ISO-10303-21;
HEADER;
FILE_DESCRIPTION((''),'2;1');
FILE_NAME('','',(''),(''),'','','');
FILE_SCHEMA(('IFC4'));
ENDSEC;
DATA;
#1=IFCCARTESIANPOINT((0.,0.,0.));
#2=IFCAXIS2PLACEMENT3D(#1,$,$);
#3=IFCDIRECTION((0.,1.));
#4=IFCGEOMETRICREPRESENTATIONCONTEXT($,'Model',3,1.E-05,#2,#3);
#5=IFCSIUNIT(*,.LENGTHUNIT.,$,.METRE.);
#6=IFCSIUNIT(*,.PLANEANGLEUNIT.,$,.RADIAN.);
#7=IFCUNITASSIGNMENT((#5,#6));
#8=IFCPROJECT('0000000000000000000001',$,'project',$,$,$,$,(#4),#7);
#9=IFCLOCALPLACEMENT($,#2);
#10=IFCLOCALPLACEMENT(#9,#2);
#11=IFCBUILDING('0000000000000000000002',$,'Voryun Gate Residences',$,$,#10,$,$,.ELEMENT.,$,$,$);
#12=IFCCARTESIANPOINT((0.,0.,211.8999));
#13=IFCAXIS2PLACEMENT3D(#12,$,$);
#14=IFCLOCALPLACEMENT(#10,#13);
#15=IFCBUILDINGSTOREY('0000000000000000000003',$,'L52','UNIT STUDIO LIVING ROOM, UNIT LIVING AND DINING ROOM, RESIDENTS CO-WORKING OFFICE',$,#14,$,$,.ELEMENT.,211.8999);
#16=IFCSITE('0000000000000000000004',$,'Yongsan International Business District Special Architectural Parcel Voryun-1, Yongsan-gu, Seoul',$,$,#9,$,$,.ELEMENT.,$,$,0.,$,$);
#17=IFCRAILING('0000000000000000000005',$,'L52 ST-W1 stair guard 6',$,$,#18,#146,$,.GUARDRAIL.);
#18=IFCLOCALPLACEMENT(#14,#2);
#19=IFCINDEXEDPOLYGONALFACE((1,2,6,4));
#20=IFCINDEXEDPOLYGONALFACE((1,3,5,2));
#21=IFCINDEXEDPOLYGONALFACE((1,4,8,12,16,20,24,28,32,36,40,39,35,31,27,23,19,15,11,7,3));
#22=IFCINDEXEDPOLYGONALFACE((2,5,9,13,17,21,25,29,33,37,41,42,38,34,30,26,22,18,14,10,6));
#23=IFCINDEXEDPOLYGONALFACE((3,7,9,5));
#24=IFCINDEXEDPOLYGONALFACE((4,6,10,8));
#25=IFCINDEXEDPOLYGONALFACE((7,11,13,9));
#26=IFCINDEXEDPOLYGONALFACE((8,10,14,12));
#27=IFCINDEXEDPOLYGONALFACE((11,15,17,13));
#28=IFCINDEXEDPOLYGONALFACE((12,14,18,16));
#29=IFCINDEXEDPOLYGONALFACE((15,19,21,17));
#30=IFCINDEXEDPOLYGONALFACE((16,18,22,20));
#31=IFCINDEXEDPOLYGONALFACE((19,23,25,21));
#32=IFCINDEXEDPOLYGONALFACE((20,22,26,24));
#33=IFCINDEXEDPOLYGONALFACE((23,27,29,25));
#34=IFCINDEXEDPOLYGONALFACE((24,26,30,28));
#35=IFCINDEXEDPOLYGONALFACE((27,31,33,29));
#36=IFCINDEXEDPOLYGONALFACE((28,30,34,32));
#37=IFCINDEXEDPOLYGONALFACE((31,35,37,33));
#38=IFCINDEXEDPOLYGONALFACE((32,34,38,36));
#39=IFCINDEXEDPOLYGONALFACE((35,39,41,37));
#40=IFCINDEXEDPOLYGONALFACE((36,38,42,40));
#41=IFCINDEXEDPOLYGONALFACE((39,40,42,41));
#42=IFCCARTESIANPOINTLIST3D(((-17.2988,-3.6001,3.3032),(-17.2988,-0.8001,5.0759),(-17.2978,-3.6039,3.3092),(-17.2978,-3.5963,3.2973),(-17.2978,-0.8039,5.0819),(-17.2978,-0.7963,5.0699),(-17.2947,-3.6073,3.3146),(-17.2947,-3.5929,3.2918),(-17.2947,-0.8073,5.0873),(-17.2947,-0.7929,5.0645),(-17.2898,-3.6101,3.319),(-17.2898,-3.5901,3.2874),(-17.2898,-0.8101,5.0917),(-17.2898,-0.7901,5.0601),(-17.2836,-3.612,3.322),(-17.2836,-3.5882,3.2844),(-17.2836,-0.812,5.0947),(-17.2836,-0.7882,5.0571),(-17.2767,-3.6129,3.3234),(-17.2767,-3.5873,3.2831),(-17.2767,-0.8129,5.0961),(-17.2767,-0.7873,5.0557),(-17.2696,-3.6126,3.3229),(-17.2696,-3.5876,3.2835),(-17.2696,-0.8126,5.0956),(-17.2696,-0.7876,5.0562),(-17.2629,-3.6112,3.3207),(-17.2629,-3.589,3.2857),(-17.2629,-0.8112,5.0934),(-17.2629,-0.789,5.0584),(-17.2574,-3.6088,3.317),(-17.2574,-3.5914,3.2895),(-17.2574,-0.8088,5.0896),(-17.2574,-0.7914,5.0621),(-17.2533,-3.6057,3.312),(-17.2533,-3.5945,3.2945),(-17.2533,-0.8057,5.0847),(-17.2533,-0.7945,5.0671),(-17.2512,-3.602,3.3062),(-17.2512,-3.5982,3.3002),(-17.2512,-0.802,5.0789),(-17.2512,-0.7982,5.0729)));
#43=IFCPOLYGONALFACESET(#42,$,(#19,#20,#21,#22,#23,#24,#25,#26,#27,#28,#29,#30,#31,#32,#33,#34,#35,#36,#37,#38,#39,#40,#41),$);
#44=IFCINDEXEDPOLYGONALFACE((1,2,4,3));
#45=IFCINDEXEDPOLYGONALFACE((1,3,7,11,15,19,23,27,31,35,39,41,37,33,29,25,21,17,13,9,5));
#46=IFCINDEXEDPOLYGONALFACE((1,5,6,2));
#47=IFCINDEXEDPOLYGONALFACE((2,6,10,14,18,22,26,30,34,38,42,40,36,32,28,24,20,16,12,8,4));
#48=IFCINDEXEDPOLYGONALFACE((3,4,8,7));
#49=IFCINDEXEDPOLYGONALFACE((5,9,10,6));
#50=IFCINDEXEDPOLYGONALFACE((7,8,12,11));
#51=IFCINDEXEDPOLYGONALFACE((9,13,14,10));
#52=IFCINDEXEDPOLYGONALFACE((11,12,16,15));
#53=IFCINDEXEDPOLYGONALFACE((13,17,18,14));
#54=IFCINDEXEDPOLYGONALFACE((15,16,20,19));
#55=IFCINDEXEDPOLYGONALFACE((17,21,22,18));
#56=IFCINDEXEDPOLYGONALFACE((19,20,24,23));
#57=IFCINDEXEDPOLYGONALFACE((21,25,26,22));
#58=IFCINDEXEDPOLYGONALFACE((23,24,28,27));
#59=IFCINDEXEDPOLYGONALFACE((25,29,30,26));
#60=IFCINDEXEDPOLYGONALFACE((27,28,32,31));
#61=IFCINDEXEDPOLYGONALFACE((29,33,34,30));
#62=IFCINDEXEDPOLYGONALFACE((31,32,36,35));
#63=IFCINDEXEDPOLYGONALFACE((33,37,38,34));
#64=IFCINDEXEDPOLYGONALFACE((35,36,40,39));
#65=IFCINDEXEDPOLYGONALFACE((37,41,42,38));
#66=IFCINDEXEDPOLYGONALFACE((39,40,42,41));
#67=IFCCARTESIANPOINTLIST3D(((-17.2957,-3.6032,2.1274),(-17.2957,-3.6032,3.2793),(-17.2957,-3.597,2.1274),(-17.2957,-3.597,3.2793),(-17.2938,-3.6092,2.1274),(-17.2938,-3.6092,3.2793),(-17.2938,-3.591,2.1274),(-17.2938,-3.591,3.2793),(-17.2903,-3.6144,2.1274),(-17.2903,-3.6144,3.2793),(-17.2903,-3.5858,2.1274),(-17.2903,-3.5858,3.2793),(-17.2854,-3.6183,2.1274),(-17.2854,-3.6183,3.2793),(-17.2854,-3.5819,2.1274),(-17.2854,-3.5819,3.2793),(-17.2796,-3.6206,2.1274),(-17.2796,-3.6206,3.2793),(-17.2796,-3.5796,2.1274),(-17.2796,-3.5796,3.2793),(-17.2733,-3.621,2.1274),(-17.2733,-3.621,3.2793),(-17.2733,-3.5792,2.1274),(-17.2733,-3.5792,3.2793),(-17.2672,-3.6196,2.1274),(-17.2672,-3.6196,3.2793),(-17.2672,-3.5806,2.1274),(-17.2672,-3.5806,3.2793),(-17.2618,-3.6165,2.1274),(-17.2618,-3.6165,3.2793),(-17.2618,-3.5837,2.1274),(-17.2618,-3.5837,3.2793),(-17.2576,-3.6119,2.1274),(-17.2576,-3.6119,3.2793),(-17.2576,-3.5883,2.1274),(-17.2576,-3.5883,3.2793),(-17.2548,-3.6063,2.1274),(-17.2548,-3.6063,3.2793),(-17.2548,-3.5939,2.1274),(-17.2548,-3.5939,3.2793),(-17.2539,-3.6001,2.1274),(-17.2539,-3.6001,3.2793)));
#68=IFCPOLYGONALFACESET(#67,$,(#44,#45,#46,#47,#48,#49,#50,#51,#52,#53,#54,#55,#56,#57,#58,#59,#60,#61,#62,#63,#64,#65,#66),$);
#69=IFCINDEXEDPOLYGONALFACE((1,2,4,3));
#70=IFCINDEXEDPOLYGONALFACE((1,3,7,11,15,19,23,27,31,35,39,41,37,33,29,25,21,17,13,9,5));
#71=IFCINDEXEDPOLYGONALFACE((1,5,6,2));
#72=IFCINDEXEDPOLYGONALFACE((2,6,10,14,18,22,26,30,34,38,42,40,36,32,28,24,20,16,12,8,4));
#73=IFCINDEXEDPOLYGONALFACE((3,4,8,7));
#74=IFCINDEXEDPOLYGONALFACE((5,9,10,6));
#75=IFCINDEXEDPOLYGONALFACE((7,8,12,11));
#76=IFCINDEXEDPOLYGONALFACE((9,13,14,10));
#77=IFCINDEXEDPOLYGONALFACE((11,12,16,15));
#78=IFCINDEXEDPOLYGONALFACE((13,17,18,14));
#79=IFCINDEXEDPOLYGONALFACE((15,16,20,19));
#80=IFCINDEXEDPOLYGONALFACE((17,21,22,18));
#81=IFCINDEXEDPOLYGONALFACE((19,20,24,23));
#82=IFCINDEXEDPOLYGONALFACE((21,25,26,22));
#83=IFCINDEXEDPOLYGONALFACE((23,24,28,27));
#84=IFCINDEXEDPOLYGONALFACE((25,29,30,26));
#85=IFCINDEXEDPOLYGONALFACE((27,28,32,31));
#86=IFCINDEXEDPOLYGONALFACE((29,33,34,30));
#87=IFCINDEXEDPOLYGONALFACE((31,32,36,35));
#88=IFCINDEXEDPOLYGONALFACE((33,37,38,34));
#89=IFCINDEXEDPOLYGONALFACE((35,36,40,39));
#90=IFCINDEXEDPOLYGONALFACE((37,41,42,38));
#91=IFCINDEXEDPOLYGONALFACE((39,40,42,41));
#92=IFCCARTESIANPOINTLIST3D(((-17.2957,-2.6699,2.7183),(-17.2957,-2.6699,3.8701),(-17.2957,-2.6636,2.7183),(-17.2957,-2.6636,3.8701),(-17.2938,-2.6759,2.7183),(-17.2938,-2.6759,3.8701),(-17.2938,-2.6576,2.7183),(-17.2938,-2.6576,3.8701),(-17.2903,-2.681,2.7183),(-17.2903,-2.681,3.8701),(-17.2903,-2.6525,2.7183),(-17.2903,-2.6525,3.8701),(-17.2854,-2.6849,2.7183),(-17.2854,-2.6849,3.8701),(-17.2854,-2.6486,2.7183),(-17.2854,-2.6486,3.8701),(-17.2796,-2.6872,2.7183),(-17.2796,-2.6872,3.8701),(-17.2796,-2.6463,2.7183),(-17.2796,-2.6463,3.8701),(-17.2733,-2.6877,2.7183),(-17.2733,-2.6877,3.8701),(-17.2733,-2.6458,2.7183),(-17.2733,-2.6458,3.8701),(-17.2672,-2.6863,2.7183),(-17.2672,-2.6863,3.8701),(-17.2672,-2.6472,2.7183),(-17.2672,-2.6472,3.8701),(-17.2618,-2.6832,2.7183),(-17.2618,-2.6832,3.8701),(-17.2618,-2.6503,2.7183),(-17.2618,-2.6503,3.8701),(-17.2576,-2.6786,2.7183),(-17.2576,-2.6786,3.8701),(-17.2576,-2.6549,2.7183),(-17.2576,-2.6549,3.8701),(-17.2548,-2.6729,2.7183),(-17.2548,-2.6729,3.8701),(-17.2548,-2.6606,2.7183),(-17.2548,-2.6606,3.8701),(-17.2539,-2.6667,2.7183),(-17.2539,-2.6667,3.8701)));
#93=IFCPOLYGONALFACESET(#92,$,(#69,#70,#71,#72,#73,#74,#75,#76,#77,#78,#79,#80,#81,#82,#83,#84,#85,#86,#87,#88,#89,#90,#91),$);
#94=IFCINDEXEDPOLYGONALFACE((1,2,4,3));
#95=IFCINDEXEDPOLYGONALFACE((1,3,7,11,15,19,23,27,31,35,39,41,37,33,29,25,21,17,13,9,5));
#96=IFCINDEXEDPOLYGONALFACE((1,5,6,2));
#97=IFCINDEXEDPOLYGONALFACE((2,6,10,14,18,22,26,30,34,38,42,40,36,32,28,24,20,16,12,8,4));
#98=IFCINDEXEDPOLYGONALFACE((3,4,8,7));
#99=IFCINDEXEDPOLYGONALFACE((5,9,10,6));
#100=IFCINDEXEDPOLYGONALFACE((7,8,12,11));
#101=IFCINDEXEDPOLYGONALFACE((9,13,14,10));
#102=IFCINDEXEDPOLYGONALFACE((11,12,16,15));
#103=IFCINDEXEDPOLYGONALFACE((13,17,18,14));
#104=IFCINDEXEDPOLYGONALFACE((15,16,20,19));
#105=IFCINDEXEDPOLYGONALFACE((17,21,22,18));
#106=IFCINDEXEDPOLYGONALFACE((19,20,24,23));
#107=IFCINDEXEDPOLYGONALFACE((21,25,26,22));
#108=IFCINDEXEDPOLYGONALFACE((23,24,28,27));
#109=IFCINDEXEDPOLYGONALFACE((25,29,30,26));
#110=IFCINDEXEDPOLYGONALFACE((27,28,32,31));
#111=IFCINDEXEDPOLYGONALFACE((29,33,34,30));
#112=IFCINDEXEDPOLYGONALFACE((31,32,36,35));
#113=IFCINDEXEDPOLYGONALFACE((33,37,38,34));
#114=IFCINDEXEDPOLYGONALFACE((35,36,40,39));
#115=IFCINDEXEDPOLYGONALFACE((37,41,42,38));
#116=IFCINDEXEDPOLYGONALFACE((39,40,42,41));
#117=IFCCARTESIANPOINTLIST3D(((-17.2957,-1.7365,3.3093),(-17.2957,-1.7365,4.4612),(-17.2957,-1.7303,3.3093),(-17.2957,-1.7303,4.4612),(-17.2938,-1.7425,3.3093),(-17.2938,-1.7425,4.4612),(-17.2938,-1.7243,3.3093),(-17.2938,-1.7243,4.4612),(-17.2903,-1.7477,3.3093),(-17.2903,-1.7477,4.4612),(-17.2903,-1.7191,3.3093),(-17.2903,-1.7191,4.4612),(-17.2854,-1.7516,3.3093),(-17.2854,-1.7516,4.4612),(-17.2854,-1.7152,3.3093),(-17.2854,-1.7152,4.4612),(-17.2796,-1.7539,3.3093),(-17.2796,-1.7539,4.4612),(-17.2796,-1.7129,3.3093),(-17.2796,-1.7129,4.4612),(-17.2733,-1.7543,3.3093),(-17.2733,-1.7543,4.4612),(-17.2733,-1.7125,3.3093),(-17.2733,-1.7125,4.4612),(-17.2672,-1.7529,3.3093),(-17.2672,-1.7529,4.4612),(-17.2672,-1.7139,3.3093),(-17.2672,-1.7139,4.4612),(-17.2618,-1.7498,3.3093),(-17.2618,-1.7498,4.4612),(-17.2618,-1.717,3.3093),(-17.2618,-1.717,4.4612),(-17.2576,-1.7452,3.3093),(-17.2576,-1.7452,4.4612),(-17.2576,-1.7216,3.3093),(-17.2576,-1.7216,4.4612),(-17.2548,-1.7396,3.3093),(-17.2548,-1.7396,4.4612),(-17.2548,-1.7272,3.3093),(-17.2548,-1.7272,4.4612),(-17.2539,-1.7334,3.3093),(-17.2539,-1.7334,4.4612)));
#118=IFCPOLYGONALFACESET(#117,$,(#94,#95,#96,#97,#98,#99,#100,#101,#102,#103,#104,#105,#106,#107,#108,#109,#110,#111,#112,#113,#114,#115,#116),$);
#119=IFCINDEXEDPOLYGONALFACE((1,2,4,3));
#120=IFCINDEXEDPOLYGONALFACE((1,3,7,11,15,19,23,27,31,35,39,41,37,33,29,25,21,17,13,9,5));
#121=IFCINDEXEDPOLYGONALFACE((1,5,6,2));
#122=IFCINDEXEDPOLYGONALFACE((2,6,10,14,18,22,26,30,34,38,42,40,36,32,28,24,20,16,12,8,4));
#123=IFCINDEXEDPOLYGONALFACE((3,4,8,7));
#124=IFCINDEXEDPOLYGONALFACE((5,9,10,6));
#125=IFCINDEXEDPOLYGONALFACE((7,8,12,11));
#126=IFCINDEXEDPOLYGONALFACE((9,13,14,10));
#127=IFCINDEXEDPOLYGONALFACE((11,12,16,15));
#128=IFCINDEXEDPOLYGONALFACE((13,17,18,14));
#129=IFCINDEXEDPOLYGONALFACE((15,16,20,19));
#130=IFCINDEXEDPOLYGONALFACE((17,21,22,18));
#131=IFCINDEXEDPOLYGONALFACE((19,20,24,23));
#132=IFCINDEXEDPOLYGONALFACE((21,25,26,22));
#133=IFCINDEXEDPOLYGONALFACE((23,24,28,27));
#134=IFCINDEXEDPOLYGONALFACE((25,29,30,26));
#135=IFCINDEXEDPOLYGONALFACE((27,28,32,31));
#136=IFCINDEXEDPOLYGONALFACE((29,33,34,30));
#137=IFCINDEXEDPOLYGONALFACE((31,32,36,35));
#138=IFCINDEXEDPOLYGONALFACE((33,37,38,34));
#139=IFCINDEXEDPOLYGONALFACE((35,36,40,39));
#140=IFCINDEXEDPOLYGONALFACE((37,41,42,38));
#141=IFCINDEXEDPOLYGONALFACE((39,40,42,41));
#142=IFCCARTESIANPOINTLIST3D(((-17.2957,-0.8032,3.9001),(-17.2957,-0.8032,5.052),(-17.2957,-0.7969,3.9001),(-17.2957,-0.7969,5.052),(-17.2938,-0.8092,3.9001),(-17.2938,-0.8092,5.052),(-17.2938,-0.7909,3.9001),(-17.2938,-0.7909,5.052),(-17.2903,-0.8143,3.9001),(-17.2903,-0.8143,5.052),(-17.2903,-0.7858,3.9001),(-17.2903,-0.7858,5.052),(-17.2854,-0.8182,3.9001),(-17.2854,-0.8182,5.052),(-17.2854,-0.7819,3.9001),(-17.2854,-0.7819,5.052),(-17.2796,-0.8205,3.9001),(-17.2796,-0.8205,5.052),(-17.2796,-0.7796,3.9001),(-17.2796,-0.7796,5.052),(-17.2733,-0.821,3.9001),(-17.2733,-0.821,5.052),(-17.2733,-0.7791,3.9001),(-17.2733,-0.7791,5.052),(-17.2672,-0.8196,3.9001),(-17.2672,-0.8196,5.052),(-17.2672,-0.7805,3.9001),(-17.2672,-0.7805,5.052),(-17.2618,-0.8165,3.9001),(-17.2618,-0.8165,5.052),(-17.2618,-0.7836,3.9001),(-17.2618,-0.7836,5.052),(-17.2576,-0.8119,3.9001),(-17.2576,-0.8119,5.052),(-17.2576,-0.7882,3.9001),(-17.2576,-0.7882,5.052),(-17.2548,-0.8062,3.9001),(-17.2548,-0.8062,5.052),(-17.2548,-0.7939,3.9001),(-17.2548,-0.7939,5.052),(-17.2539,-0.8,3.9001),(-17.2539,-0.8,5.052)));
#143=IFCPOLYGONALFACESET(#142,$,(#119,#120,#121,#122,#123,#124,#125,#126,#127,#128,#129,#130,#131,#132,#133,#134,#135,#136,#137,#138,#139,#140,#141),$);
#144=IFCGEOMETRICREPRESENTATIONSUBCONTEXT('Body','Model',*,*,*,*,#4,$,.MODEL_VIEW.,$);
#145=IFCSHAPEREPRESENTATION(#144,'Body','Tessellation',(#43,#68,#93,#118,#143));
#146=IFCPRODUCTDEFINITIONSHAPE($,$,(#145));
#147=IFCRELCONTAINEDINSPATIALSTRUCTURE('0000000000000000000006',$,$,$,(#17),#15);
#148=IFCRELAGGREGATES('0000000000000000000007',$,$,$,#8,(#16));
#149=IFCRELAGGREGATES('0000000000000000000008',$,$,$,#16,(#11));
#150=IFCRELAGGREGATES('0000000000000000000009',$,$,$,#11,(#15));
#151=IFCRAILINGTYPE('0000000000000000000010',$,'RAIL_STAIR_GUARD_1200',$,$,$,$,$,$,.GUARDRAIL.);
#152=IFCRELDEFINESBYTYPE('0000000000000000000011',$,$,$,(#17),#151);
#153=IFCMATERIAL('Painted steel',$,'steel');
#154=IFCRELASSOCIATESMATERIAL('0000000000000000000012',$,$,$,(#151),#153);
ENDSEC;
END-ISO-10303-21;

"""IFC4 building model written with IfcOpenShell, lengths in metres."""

from ifc_helpers import new_model, si_unit, direction, frame, origin, origin_2d, place, context, subcontext, project, spatial, circle, extrude, material, type_object, element, save


model = new_model("IFC4")

# Units and contexts
model_context = context("Model", 3, precision=1e-05, world=origin(), true_north=direction((0.0, 1.0)))
body_context = subcontext(model_context, "Body", "Model", "MODEL_VIEW")
ifc_project = project(units=[si_unit("LENGTHUNIT", "METRE"), si_unit("PLANEANGLEUNIT", "RADIAN")], contexts=[model_context])

# Site, building, storey
site_placement = place(None, origin())
site = spatial("IfcSite", under=ifc_project, at=site_placement, Name="Yongsan International Business District Special Architectural Parcel Voryun-1, Yongsan-gu, Seoul", CompositionType="ELEMENT", RefElevation=0.0)
building_placement = place(site_placement, origin())
building = spatial("IfcBuilding", under=site, at=building_placement, Name="Voryun Gate Residences", CompositionType="ELEMENT")
storey_placement = place(building_placement, frame((0.0, 0.0, 211.8999)))
storey = spatial("IfcBuildingStorey", under=building, at=storey_placement, Name="L52", Description="UNIT STUDIO LIVING ROOM, UNIT LIVING AND DINING ROOM, RESIDENTS CO-WORKING OFFICE", CompositionType="ELEMENT", Elevation=211.8999)

# Railing
ifc_material_1 = material(Name="Painted steel", Category="steel")
railing_type_1 = type_object("IfcRailingType", Name="RAIL_STAIR_GUARD_1200", PredefinedType="GUARDRAIL", material=ifc_material_1)
railing_1_placement = place(storey_placement, frame((-17.2749, -3.6001, 2.1274)))
element("IfcRailing", 1, at=railing_1_placement, inside=storey, type_object=railing_type_1, Name="L52 ST-W1 stair guard 6", PredefinedType="GUARDRAIL", context=body_context, shape_type="SweptSolid", body=[
    extrude(circle(Radius=0.0239, at=origin_2d()), frame((0.0, 0.0, 1.1758), z_axis=(0.0, 0.844909, 0.53491), x_axis=(-1.0, 0.0, 0.0)), (0.0, 0.0, 1.0), 3.314),
    extrude(circle(Radius=0.021, at=origin_2d()), origin(), (0.0, 0.0, 1.0), 1.1519),
    extrude(circle(Radius=0.021, at=origin_2d()), frame((0.0, 0.9333, 0.5908)), (0.0, 0.0, 1.0), 1.1519),
    extrude(circle(Radius=0.021, at=origin_2d()), frame((0.0, 1.8667, 1.1819)), (0.0, 0.0, 1.0), 1.1519),
    extrude(circle(Radius=0.021, at=origin_2d()), frame((0.0, 2.8, 1.7727)), (0.0, 0.0, 1.0), 1.1519),
])

save(model, "model.ifc")
